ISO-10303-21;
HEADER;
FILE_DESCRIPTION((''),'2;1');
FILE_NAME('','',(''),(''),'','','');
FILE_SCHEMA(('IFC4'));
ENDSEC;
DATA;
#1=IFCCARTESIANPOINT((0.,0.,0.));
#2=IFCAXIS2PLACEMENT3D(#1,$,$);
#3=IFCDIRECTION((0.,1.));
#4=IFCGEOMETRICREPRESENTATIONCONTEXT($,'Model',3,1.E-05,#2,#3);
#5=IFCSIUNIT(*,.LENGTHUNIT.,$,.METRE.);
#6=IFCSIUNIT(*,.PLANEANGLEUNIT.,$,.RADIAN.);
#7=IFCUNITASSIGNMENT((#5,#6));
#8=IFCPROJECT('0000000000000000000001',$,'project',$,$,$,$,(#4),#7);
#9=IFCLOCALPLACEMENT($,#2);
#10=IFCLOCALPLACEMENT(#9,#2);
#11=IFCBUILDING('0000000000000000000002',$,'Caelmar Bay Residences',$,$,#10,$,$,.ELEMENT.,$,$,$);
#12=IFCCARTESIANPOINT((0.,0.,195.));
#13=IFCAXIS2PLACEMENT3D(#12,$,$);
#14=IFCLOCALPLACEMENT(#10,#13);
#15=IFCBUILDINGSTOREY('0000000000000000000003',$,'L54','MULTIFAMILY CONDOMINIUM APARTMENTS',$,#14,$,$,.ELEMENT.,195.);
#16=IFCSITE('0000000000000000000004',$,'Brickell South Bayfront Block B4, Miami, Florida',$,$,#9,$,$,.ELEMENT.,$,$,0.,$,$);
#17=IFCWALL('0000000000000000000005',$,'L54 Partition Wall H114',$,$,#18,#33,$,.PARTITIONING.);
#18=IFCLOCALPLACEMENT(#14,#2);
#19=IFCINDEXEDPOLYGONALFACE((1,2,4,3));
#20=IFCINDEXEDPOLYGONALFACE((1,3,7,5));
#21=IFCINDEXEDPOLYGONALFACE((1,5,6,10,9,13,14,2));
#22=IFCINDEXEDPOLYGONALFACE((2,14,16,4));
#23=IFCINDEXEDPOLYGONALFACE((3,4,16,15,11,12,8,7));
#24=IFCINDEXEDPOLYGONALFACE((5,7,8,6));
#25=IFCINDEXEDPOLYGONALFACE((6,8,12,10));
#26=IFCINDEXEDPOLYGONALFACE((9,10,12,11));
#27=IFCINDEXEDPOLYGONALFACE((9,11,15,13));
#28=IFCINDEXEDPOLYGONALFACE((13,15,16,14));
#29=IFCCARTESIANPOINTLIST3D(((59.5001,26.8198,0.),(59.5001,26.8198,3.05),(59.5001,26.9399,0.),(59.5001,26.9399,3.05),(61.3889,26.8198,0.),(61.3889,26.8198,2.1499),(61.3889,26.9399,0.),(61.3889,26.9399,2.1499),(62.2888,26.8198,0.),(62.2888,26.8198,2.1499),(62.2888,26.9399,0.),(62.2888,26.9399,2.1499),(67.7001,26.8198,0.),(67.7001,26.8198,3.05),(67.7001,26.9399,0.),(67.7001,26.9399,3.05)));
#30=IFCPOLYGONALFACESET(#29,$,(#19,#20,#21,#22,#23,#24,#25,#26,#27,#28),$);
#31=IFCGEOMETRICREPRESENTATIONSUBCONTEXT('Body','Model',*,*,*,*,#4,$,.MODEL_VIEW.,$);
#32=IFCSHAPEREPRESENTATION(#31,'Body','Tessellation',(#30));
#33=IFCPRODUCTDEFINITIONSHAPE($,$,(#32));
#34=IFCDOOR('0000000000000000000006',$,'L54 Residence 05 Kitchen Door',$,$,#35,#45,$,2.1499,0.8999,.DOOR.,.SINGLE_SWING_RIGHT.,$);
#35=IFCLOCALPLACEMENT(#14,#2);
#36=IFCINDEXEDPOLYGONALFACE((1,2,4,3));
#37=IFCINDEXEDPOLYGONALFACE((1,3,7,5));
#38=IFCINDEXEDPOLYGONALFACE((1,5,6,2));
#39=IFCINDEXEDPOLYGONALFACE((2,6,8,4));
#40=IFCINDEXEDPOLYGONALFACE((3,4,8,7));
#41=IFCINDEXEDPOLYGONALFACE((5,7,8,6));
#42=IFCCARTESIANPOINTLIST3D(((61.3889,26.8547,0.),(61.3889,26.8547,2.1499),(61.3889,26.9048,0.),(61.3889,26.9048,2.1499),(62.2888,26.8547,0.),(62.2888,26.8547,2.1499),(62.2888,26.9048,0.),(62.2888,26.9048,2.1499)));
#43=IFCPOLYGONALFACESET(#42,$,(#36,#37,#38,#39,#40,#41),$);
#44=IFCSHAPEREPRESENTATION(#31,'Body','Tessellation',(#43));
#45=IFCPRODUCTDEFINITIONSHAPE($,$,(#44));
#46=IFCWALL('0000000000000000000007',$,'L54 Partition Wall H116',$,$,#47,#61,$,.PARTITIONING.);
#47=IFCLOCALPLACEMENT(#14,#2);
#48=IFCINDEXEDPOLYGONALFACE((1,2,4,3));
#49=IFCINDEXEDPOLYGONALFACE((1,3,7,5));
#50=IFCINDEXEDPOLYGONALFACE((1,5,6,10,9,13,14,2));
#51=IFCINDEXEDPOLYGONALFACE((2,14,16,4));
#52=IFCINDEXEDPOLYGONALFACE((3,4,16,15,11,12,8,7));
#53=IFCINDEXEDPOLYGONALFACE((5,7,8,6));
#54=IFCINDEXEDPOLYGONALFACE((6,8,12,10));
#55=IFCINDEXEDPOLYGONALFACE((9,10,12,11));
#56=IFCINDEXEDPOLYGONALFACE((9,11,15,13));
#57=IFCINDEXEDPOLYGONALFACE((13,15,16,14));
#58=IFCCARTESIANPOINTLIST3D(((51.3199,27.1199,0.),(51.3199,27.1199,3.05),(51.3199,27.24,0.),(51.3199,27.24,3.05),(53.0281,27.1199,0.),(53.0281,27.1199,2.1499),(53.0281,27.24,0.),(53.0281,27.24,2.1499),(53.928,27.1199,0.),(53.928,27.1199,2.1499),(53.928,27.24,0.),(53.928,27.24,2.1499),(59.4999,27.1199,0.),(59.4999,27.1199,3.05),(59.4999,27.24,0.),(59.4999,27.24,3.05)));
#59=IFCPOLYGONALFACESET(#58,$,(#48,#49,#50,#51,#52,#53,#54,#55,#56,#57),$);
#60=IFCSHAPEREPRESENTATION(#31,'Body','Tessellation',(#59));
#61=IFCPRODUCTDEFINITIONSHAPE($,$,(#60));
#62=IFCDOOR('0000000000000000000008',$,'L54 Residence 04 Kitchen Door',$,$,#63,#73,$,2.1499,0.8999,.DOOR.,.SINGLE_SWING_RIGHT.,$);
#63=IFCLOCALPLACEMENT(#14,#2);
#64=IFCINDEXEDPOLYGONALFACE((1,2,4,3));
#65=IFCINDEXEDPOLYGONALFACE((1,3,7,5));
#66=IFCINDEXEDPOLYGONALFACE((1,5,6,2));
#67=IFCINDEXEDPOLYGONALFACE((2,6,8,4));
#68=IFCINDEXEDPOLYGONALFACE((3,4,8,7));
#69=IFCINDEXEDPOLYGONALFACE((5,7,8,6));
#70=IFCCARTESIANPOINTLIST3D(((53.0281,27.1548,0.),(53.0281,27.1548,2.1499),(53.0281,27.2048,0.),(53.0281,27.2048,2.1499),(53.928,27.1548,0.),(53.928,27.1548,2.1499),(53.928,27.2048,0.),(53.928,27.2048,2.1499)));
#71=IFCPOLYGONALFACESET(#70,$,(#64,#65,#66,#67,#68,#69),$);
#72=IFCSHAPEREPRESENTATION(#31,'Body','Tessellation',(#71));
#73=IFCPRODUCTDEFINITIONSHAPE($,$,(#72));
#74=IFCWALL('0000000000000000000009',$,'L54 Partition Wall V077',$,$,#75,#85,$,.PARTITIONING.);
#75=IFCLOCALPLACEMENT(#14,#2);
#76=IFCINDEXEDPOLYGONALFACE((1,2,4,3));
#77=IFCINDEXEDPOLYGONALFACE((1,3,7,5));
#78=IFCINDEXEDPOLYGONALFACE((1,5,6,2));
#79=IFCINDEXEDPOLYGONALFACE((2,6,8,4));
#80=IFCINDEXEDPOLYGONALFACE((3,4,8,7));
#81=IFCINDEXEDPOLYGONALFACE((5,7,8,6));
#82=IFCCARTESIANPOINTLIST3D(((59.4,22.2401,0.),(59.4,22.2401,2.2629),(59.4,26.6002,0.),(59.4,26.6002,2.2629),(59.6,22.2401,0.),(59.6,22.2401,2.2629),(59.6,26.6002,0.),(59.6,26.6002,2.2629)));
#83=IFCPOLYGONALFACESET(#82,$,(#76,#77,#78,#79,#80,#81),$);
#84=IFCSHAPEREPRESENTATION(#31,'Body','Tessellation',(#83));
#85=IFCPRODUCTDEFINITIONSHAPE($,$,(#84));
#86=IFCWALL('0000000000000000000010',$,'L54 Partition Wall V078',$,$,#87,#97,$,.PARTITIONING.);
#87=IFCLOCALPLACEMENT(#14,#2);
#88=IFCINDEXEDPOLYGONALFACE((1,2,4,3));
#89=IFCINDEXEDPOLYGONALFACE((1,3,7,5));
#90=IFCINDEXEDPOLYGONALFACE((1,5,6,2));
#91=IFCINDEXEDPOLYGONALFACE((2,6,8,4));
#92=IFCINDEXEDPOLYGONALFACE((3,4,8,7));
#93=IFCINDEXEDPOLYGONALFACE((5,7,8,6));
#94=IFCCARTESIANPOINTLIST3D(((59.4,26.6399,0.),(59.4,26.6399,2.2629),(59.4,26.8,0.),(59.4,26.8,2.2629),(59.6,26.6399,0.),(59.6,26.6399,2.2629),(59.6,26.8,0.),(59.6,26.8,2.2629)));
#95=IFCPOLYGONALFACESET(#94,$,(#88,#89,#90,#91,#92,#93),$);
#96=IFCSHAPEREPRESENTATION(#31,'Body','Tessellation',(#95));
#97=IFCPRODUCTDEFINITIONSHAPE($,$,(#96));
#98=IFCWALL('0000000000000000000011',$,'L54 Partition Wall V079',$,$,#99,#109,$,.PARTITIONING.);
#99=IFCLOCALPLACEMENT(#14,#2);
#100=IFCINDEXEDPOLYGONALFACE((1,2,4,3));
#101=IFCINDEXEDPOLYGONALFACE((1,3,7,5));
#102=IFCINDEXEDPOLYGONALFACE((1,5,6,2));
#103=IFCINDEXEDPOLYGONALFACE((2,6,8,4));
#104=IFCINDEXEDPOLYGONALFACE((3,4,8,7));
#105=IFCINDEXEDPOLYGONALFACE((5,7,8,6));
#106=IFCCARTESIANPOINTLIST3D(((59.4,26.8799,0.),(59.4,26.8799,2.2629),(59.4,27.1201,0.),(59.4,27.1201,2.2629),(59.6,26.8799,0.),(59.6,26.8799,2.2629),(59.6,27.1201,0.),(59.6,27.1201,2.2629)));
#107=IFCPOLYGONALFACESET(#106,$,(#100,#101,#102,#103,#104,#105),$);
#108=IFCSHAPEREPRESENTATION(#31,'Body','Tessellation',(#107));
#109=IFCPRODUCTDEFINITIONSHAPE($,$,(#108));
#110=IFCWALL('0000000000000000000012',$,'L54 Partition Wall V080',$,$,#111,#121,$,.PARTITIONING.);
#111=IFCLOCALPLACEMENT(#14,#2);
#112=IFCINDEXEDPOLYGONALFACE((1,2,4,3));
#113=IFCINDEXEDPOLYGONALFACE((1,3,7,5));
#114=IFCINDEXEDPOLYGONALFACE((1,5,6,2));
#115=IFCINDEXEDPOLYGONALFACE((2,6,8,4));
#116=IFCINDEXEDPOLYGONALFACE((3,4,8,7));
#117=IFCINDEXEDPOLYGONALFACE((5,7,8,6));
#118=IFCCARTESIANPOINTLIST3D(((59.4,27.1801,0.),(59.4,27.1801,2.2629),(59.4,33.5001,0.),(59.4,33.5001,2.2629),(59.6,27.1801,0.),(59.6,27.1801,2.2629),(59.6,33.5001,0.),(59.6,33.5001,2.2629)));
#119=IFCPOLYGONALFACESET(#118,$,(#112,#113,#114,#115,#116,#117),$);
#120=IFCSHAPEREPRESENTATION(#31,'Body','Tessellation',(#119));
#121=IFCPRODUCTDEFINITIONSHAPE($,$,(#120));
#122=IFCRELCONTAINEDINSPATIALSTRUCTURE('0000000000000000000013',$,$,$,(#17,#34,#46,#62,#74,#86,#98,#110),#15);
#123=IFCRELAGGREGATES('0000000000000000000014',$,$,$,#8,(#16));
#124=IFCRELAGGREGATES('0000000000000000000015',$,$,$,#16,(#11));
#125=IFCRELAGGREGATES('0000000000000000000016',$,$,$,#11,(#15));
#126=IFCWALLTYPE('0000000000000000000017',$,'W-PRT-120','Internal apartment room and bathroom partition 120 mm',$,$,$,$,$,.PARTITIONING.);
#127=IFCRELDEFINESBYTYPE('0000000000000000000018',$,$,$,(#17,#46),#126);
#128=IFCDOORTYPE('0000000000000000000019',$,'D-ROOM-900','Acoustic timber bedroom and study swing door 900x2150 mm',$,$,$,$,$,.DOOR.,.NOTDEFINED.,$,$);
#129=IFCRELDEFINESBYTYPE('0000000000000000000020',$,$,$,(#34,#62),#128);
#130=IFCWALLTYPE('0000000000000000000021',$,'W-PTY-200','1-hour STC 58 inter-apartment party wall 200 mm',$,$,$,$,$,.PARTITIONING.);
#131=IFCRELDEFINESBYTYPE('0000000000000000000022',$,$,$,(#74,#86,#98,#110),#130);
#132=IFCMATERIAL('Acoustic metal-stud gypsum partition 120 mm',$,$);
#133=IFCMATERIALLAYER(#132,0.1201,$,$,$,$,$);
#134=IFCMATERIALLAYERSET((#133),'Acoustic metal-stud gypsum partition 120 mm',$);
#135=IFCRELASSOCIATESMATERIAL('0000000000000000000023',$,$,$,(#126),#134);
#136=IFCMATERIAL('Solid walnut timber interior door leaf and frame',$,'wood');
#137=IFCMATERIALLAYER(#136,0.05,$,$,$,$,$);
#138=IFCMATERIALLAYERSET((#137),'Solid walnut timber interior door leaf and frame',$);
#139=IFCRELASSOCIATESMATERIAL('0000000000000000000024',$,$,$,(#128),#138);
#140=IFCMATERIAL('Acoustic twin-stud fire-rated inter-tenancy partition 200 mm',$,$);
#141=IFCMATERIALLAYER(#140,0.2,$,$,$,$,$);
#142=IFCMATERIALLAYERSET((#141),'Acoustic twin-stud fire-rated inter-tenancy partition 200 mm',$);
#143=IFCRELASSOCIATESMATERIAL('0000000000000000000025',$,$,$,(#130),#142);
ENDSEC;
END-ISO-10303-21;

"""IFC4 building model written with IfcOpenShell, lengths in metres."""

from ifc_helpers import new_model, si_unit, direction, frame, frame_2d, origin, place, context, subcontext, project, spatial, rectangle, extrude, material, layer, layer_set, type_object, element, fill, save


model = new_model("IFC4")

# Units and contexts
model_context = context("Model", 3, precision=1e-05, world=origin(), true_north=direction((0.0, 1.0)))
body_context = subcontext(model_context, "Body", "Model", "MODEL_VIEW")
ifc_project = project(units=[si_unit("LENGTHUNIT", "METRE"), si_unit("PLANEANGLEUNIT", "RADIAN")], contexts=[model_context])

# Site, building, storey
site_placement = place(None, origin())
site = spatial("IfcSite", under=ifc_project, at=site_placement, Name="Brickell South Bayfront Block B4, Miami, Florida", CompositionType="ELEMENT", RefElevation=0.0)
building_placement = place(site_placement, origin())
building = spatial("IfcBuilding", under=site, at=building_placement, Name="Caelmar Bay Residences", CompositionType="ELEMENT")
storey_placement = place(building_placement, frame((0.0, 0.0, 195.0)))
storey = spatial("IfcBuildingStorey", under=building, at=storey_placement, Name="L54", Description="MULTIFAMILY CONDOMINIUM APARTMENTS", CompositionType="ELEMENT", Elevation=195.0)

# Shared definitions
ifc_material_1 = material(Name="Acoustic metal-stud gypsum partition 120 mm")
ifc_layer_1 = layer(ifc_material_1, 0.1201)
ifc_layer_set_1 = layer_set([ifc_layer_1], Name="Acoustic metal-stud gypsum partition 120 mm")
wall_type_1 = type_object("IfcWallType", Name="W-PRT-120", Description="Internal apartment room and bathroom partition 120 mm", PredefinedType="PARTITIONING", material=ifc_layer_set_1)

# Shared definitions
ifc_material_2 = material(Name="Solid walnut timber interior door leaf and frame", Category="wood")

# Walls, openings, doors
wall_1_placement = place(storey_placement, frame((59.5, 26.8799, 0.0), z_axis=(0.0, 0.0, 1.0), x_axis=(1.0, 0.0, 0.0)))
wall_1 = element("IfcWall", 1, at=wall_1_placement, inside=storey, type_object=wall_type_1, Name="L54 Partition Wall H114", PredefinedType="PARTITIONING", context=body_context, shape_type="SweptSolid", body=[
    extrude(rectangle(XDim=8.2, YDim=0.1201, at=frame_2d((4.1001, 0.0))), origin(), (0.0, 0.0, 1.0), 3.05),
])
opening_1_placement = place(wall_1_placement, frame((1.8889, 0.0, 0.0)))
opening_1 = element("IfcOpeningElement", 2, at=opening_1_placement, cuts=wall_1, PredefinedType="OPENING", context=body_context, shape_type="SweptSolid", body=[
    extrude(rectangle(XDim=0.8999, YDim=2.1499, at=frame_2d((0.45, 1.075))), frame((0.0, 0.0701, 0.0), z_axis=(0.0, -1.0, 0.0), x_axis=(1.0, 0.0, 0.0)), (0.0, 0.0, 1.0), 0.1401),
])
ifc_layer_2 = layer(ifc_material_2, 0.05)
ifc_layer_set_2 = layer_set([ifc_layer_2], Name="Solid walnut timber interior door leaf and frame")
door_type_1 = type_object("IfcDoorType", Name="D-ROOM-900", Description="Acoustic timber bedroom and study swing door 900x2150 mm", OperationType="NOTDEFINED", PredefinedType="DOOR", material=ifc_layer_set_2)
door_1_placement = place(opening_1_placement, origin())
door_1 = element("IfcDoor", 3, at=door_1_placement, inside=storey, type_object=door_type_1, Name="L54 Residence 05 Kitchen Door", OperationType="SINGLE_SWING_RIGHT", OverallHeight=2.1499, OverallWidth=0.8999, PredefinedType="DOOR", context=body_context, shape_type="SweptSolid", body=[
    extrude(rectangle(XDim=0.8999, YDim=2.1499, at=frame_2d((0.45, 1.075))), frame((0.0, 0.0249, 0.0), z_axis=(0.0, -1.0, 0.0), x_axis=(1.0, 0.0, 0.0)), (0.0, 0.0, 1.0), 0.05),
])
fill(opening_1, door_1)
wall_2_placement = place(storey_placement, frame((51.3201, 27.1799, 0.0), z_axis=(0.0, 0.0, 1.0), x_axis=(1.0, 0.0, 0.0)))
wall_2 = element("IfcWall", 4, at=wall_2_placement, inside=storey, type_object=wall_type_1, Name="L54 Partition Wall H116", PredefinedType="PARTITIONING", context=body_context, shape_type="SweptSolid", body=[
    extrude(rectangle(XDim=8.1799, YDim=0.1201, at=frame_2d((4.0898, 0.0))), origin(), (0.0, 0.0, 1.0), 3.05),
])
opening_2_placement = place(wall_2_placement, frame((1.708, 0.0, 0.0)))
opening_2 = element("IfcOpeningElement", 5, at=opening_2_placement, cuts=wall_2, PredefinedType="OPENING", context=body_context, shape_type="SweptSolid", body=[
    extrude(rectangle(XDim=0.8999, YDim=2.1499, at=frame_2d((0.45, 1.075))), frame((0.0, 0.0701, 0.0), z_axis=(0.0, -1.0, 0.0), x_axis=(1.0, 0.0, 0.0)), (0.0, 0.0, 1.0), 0.1401),
])
door_2_placement = place(opening_2_placement, origin())
door_2 = element("IfcDoor", 6, at=door_2_placement, inside=storey, type_object=door_type_1, Name="L54 Residence 04 Kitchen Door", OperationType="SINGLE_SWING_RIGHT", OverallHeight=2.1499, OverallWidth=0.8999, PredefinedType="DOOR", context=body_context, shape_type="SweptSolid", body=[
    extrude(rectangle(XDim=0.8999, YDim=2.1499, at=frame_2d((0.45, 1.075))), frame((0.0, 0.0249, 0.0), z_axis=(0.0, -1.0, 0.0), x_axis=(1.0, 0.0, 0.0)), (0.0, 0.0, 1.0), 0.05),
])
fill(opening_2, door_2)

# Walls
ifc_material_3 = material(Name="Acoustic twin-stud fire-rated inter-tenancy partition 200 mm")
ifc_layer_3 = layer(ifc_material_3, 0.2)
ifc_layer_set_3 = layer_set([ifc_layer_3], Name="Acoustic twin-stud fire-rated inter-tenancy partition 200 mm")
wall_type_2 = type_object("IfcWallType", Name="W-PTY-200", Description="1-hour STC 58 inter-apartment party wall 200 mm", PredefinedType="PARTITIONING", material=ifc_layer_set_3)
wall_3_placement = place(storey_placement, frame((59.5, 22.24, 0.0), z_axis=(0.0, 0.0, 1.0), x_axis=(0.0, 1.0, 0.0)))
element("IfcWall", 7, at=wall_3_placement, inside=storey, type_object=wall_type_2, Name="L54 Partition Wall V077", PredefinedType="PARTITIONING", context=body_context, shape_type="SweptSolid", body=[
    extrude(rectangle(XDim=4.3601, YDim=0.2, at=frame_2d((2.1802, 0.0))), origin(), (0.0, 0.0, 1.0), 2.2629),
])
wall_4_placement = place(storey_placement, frame((59.5, 26.6399, 0.0), z_axis=(0.0, 0.0, 1.0), x_axis=(0.0, 1.0, 0.0)))
element("IfcWall", 8, at=wall_4_placement, inside=storey, type_object=wall_type_2, Name="L54 Partition Wall V078", PredefinedType="PARTITIONING", context=body_context, shape_type="SweptSolid", body=[
    extrude(rectangle(XDim=0.1602, YDim=0.2, at=frame_2d((0.0801, 0.0))), origin(), (0.0, 0.0, 1.0), 2.2629),
])
wall_5_placement = place(storey_placement, frame((59.5, 26.8799, 0.0), z_axis=(0.0, 0.0, 1.0), x_axis=(0.0, 1.0, 0.0)))
element("IfcWall", 9, at=wall_5_placement, inside=storey, type_object=wall_type_2, Name="L54 Partition Wall V079", PredefinedType="PARTITIONING", context=body_context, shape_type="SweptSolid", body=[
    extrude(rectangle(XDim=0.2402, YDim=0.2, at=frame_2d((0.1201, 0.0))), origin(), (0.0, 0.0, 1.0), 2.2629),
])
wall_6_placement = place(storey_placement, frame((59.5, 27.1799, 0.0), z_axis=(0.0, 0.0, 1.0), x_axis=(0.0, 1.0, 0.0)))
element("IfcWall", 10, at=wall_6_placement, inside=storey, type_object=wall_type_2, Name="L54 Partition Wall V080", PredefinedType="PARTITIONING", context=body_context, shape_type="SweptSolid", body=[
    extrude(rectangle(XDim=6.3201, YDim=0.2, at=frame_2d((3.1602, 0.0))), origin(), (0.0, 0.0, 1.0), 2.2629),
])

save(model, "model.ifc")
